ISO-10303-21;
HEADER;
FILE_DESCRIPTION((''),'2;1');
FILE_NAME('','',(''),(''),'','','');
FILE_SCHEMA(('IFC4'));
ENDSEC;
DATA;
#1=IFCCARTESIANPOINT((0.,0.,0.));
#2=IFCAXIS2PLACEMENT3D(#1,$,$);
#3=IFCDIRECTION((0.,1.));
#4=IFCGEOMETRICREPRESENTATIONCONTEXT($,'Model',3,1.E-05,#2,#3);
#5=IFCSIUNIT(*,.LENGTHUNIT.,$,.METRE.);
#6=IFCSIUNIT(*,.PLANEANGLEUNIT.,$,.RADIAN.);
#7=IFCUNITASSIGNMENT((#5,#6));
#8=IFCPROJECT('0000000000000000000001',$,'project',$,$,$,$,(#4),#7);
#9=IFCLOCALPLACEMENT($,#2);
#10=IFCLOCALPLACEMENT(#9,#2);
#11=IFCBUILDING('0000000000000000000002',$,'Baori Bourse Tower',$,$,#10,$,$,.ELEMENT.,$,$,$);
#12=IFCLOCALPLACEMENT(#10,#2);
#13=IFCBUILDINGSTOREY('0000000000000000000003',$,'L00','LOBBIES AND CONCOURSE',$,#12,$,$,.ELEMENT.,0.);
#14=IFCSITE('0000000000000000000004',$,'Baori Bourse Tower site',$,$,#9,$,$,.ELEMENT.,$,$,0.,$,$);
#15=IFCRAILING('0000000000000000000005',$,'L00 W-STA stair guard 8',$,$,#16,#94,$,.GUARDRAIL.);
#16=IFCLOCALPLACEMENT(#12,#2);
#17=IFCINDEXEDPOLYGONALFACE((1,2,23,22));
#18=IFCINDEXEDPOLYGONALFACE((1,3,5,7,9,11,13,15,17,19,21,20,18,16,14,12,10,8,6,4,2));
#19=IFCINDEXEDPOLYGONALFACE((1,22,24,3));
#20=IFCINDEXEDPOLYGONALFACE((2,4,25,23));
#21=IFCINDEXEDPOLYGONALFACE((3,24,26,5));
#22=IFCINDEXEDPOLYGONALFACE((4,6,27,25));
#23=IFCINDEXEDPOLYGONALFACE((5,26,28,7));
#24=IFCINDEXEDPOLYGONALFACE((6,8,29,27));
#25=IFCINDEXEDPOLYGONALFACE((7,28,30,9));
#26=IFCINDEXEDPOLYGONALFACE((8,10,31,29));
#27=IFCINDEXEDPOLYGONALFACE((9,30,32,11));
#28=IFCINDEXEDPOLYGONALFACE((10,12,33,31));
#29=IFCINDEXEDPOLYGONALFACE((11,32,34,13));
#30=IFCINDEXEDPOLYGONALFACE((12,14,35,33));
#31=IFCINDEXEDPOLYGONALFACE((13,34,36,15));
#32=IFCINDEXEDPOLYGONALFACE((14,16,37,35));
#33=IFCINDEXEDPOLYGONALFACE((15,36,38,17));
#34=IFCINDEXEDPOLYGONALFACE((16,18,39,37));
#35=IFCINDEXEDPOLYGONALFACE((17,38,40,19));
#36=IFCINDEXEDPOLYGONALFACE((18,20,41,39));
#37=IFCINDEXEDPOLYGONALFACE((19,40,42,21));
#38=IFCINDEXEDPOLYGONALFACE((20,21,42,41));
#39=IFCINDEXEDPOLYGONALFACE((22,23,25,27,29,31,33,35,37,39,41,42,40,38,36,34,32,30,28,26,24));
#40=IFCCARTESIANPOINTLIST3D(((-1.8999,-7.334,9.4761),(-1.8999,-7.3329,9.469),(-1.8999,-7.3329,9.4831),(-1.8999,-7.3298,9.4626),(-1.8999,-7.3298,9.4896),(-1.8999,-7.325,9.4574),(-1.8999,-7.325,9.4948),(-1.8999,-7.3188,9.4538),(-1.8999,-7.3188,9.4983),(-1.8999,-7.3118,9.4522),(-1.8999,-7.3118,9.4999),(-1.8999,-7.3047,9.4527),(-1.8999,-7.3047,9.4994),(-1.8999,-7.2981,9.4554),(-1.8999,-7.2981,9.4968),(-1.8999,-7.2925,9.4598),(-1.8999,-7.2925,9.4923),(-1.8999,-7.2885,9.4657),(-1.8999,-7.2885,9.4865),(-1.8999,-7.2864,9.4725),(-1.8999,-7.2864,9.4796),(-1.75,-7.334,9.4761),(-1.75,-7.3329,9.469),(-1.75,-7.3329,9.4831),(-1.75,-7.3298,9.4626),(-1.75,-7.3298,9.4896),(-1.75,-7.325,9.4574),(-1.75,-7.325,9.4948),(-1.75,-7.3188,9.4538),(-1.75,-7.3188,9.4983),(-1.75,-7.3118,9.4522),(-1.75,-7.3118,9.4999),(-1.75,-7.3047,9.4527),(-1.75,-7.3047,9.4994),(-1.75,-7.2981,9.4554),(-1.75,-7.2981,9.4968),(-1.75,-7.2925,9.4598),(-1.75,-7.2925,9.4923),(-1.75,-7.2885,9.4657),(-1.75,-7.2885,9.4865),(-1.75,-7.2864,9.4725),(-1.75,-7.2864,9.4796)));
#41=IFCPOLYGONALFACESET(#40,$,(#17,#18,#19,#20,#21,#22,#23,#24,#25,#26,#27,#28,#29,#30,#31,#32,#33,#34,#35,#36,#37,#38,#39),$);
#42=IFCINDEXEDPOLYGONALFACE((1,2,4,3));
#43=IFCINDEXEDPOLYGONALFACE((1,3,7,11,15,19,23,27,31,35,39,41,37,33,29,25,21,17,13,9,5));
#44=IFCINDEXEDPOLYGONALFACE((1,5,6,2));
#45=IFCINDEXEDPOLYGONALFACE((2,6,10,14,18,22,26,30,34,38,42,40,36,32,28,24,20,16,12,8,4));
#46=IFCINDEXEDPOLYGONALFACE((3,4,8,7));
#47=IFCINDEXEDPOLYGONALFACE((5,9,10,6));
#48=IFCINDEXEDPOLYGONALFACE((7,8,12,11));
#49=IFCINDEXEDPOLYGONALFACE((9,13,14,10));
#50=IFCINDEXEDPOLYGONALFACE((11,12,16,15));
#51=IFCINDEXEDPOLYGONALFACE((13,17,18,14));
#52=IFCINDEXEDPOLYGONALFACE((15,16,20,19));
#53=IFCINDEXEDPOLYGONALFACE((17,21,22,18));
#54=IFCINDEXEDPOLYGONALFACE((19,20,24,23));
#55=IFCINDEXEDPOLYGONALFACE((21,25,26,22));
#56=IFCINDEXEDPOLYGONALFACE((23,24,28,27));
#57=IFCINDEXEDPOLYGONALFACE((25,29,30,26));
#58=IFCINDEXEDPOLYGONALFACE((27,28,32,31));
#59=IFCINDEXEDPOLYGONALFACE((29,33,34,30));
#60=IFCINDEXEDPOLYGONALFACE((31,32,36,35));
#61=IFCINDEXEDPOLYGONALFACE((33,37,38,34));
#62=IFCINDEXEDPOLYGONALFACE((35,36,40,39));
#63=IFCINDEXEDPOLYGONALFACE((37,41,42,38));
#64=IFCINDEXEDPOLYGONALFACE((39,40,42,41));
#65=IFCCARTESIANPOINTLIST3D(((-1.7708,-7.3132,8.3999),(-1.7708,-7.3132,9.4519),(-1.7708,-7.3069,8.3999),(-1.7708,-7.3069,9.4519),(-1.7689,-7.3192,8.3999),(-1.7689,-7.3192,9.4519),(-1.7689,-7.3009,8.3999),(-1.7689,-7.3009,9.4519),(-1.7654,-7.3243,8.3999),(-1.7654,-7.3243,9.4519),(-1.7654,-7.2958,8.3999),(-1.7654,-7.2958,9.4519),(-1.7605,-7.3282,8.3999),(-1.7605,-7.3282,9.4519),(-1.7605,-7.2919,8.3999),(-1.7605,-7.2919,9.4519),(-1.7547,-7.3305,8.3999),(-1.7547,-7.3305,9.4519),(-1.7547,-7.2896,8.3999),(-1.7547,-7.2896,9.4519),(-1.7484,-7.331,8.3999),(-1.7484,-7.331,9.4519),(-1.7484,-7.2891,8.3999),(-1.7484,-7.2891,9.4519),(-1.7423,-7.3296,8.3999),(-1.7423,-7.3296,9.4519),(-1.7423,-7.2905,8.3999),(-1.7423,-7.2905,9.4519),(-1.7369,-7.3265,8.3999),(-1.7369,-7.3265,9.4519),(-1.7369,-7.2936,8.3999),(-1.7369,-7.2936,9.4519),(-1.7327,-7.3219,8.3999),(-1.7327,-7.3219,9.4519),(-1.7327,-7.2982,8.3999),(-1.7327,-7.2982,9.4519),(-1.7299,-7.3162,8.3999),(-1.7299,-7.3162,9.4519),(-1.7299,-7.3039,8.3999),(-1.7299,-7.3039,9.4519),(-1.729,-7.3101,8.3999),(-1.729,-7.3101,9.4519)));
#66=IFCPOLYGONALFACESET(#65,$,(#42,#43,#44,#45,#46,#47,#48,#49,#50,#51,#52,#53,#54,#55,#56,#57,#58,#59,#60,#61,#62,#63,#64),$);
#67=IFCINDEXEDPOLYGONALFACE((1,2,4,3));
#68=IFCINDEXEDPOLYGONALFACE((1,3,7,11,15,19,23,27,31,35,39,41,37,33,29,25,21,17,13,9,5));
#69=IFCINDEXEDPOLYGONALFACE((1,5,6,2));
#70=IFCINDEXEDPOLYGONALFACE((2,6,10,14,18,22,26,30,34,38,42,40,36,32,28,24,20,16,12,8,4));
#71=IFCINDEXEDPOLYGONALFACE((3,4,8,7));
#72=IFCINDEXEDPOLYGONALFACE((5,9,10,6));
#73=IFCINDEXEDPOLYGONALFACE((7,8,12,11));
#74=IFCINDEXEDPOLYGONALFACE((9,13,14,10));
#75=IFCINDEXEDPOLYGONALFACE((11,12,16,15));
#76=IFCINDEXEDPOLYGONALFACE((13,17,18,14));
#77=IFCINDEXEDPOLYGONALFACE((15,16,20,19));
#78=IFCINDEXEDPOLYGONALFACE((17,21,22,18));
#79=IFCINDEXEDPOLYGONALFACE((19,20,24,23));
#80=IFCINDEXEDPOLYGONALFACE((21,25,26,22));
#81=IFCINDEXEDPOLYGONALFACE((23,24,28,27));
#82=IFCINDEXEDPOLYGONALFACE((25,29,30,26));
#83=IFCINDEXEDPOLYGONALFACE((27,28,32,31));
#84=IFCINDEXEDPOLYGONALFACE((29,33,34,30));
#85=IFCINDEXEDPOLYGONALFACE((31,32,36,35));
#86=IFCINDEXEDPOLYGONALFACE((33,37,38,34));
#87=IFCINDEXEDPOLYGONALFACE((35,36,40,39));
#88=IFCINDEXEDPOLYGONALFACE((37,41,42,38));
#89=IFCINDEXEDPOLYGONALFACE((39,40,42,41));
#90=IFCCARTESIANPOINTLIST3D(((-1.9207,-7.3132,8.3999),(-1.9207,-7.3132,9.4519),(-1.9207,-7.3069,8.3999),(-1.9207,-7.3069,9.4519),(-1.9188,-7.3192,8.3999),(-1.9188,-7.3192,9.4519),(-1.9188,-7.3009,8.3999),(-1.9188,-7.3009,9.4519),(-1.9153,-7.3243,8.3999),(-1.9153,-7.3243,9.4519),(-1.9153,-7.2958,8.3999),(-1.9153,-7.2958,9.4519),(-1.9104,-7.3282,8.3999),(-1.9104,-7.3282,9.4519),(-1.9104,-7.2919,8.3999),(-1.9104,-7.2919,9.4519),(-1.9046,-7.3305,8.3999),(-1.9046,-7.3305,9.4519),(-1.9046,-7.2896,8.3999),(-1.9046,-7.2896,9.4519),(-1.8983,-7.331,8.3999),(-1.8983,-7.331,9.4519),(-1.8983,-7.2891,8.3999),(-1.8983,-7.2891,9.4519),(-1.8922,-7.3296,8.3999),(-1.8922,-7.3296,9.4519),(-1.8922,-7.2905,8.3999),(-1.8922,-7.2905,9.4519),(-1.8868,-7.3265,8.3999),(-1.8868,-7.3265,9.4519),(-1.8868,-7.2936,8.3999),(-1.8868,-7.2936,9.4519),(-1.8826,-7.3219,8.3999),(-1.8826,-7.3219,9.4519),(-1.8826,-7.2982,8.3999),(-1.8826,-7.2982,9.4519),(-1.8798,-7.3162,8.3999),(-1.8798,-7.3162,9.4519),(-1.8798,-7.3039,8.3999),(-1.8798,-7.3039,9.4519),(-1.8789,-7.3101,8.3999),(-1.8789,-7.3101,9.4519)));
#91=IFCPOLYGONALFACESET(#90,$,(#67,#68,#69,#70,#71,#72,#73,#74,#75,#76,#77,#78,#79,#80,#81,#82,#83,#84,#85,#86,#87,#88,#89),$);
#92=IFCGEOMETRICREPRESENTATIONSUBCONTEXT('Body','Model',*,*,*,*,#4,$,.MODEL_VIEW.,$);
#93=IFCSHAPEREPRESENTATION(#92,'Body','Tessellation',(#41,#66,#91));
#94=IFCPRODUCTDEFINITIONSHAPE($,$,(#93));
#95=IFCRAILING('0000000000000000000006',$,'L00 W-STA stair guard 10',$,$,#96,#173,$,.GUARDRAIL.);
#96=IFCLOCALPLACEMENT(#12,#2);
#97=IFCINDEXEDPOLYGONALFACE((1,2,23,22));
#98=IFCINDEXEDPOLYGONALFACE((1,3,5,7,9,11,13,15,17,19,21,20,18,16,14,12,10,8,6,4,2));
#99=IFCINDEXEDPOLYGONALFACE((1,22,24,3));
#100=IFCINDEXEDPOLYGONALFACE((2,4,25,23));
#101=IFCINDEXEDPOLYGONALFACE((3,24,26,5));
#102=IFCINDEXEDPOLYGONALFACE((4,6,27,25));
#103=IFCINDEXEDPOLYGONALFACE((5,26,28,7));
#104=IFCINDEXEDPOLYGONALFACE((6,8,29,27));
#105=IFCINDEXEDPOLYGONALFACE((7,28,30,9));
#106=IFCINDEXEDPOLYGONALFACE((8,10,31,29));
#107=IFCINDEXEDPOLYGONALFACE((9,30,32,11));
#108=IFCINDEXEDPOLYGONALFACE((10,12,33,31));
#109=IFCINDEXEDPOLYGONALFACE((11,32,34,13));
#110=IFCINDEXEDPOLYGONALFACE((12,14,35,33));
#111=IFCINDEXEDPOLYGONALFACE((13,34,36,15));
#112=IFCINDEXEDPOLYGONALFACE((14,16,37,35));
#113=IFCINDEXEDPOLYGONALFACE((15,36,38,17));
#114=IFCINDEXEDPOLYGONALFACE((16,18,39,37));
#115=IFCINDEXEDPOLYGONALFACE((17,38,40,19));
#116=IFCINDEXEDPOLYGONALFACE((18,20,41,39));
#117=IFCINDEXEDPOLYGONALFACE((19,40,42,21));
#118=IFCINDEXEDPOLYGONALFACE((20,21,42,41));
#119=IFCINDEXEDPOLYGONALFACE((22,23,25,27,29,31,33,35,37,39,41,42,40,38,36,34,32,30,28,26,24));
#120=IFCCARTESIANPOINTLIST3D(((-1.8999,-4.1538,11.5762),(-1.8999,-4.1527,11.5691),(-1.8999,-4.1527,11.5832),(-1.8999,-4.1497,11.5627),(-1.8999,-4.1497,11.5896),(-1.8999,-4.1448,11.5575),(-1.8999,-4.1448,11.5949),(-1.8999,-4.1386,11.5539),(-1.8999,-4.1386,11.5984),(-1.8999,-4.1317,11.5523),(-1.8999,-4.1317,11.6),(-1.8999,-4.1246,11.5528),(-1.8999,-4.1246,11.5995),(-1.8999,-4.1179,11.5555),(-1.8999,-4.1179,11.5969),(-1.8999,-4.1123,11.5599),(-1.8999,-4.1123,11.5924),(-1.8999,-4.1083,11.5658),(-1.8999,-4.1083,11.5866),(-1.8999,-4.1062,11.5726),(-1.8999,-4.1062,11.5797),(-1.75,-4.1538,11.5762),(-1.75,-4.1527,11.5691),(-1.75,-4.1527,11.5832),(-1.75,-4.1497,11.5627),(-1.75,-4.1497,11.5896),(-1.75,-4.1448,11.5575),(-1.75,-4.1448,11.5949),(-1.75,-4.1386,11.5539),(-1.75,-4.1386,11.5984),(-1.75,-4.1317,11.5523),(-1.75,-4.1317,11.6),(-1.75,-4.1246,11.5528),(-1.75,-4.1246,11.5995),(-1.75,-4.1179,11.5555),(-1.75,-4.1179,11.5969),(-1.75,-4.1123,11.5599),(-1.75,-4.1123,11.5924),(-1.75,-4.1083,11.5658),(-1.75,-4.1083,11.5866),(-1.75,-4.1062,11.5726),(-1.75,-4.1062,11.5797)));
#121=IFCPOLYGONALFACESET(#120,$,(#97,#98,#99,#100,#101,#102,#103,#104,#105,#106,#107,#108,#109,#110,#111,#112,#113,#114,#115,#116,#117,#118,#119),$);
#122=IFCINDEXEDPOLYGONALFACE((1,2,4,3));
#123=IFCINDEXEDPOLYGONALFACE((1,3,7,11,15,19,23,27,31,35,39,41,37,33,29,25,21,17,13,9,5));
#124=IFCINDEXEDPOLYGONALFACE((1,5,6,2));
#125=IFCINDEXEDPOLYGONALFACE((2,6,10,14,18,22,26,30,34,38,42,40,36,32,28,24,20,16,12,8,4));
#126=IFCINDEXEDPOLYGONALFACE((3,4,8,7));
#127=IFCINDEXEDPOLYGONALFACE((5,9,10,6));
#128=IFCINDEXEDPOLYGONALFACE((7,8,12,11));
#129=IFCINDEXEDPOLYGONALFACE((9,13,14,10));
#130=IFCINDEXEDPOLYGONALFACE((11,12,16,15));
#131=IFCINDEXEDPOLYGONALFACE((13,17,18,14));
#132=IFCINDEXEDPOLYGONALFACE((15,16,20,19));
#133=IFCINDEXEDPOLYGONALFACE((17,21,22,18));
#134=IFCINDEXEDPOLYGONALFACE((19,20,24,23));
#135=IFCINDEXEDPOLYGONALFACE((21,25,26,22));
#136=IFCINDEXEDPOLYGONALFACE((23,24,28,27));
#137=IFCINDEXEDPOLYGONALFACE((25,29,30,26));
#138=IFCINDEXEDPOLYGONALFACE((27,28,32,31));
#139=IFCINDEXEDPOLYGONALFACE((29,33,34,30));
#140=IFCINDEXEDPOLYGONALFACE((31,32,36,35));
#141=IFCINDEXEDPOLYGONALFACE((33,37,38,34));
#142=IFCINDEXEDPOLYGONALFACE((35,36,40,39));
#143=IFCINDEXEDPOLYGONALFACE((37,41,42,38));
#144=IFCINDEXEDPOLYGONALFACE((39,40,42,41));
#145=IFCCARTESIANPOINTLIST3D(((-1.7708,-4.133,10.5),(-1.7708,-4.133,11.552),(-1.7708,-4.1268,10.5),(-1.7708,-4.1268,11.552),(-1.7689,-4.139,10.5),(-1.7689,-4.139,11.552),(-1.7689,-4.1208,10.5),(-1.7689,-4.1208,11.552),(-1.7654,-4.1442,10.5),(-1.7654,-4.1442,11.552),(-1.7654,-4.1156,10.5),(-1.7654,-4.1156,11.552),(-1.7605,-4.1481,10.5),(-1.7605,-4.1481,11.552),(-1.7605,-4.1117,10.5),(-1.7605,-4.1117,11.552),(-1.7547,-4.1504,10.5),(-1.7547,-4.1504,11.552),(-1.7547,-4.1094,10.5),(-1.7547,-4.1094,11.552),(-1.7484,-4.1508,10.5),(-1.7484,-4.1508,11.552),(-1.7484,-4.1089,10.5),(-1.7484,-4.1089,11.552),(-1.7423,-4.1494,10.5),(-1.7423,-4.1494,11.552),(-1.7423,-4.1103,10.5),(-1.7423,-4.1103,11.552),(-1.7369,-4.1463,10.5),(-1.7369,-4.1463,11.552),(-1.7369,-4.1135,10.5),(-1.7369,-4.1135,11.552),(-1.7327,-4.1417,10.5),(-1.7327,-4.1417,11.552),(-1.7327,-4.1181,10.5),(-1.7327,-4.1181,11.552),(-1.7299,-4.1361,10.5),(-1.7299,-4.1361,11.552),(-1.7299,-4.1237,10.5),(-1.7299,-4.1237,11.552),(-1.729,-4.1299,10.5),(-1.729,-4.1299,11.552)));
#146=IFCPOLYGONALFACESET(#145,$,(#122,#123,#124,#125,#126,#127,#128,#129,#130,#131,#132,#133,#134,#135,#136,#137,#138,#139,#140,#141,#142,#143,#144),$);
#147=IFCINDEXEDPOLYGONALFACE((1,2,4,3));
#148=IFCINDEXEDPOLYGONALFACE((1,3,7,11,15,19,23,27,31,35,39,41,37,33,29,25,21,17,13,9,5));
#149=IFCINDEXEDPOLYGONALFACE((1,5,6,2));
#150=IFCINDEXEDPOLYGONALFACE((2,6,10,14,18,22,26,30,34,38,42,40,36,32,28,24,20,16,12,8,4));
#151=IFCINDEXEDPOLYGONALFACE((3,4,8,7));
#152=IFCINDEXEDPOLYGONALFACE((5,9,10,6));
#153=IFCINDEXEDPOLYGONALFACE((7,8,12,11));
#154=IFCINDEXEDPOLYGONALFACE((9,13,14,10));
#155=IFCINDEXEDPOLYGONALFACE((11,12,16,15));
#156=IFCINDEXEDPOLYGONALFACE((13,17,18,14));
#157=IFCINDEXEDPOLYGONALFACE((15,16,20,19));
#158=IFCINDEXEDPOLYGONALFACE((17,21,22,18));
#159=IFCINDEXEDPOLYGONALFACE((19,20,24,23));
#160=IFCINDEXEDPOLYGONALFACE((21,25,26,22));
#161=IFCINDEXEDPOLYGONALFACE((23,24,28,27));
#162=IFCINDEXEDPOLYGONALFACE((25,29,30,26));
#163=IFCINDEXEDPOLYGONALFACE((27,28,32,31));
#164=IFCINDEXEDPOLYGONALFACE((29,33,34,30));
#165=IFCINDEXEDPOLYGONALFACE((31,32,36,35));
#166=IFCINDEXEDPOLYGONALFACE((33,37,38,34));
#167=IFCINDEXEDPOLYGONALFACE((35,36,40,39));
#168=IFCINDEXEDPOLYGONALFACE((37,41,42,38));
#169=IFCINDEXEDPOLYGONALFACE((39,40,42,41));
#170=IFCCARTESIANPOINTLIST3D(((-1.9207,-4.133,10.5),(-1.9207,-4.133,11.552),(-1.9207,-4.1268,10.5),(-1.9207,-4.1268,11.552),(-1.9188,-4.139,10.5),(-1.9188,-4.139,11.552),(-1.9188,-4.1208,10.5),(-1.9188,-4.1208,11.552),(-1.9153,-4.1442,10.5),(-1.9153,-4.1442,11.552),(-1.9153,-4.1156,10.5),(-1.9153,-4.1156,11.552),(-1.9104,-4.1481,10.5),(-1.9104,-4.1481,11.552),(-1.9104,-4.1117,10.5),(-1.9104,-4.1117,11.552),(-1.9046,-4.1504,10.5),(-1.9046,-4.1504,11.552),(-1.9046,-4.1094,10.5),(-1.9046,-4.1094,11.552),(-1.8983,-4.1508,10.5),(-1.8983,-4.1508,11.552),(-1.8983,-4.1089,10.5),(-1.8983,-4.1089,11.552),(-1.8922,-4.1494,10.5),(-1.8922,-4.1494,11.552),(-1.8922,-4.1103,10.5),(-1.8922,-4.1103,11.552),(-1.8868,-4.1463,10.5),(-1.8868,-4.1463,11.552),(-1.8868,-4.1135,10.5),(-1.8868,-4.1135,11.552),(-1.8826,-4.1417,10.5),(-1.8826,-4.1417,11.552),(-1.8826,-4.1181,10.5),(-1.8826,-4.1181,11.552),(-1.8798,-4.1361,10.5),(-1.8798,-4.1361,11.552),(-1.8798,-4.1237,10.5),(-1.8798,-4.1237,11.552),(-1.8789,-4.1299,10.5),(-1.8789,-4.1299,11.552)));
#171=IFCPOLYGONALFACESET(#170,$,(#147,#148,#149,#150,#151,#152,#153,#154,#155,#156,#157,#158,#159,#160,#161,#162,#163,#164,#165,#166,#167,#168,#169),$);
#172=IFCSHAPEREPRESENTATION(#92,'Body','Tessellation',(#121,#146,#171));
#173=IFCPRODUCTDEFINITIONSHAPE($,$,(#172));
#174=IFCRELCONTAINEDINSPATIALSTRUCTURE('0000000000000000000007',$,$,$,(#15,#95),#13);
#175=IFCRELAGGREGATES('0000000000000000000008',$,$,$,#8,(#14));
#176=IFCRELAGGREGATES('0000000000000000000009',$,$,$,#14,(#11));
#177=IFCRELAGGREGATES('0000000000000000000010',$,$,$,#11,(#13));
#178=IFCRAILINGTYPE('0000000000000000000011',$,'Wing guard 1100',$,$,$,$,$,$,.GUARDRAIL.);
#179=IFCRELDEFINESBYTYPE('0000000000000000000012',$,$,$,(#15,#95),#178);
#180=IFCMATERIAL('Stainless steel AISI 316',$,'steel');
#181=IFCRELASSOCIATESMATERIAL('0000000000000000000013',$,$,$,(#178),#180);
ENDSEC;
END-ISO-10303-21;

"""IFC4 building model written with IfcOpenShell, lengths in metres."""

from ifc_helpers import new_model, si_unit, direction, frame, origin, origin_2d, place, context, subcontext, project, spatial, circle, extrude, material, type_object, element, save


model = new_model("IFC4")

# Units and contexts
model_context = context("Model", 3, precision=1e-05, world=origin(), true_north=direction((0.0, 1.0)))
body_context = subcontext(model_context, "Body", "Model", "MODEL_VIEW")
ifc_project = project(units=[si_unit("LENGTHUNIT", "METRE"), si_unit("PLANEANGLEUNIT", "RADIAN")], contexts=[model_context])

# Site, building, storey
site_placement = place(None, origin())
site = spatial("IfcSite", under=ifc_project, at=site_placement, Name="Baori Bourse Tower site", CompositionType="ELEMENT", RefElevation=0.0)
building_placement = place(site_placement, origin())
building = spatial("IfcBuilding", under=site, at=building_placement, Name="Baori Bourse Tower", CompositionType="ELEMENT")
storey_placement = place(building_placement, origin())
storey = spatial("IfcBuildingStorey", under=building, at=storey_placement, Name="L00", Description="LOBBIES AND CONCOURSE", CompositionType="ELEMENT", Elevation=0.0)

# Railings
ifc_material_1 = material(Name="Stainless steel AISI 316", Category="steel")
railing_type_1 = type_object("IfcRailingType", Name="Wing guard 1100", PredefinedType="GUARDRAIL", material=ifc_material_1)
for number, where, name in (
    (1, (-1.75, -7.3101, 8.3999), "L00 W-STA stair guard 8"),
    (2, (-1.75, -4.1299, 10.5), "L00 W-STA stair guard 10"),
):
    element("IfcRailing", number, at=place(storey_placement, frame(where)), inside=storey, type_object=railing_type_1, Name=name, PredefinedType="GUARDRAIL", context=body_context, shape_type="SweptSolid", body=[
        extrude(circle(Radius=0.0239, at=origin_2d()), frame((0.0, 0.0, 1.0762), z_axis=(-1.0, 0.0, 0.0), x_axis=(0.0, -1.0, 0.0)), (0.0, 0.0, 1.0), 0.1499),
        extrude(circle(Radius=0.021, at=origin_2d()), origin(), (0.0, 0.0, 1.0), 1.052),
        extrude(circle(Radius=0.021, at=origin_2d()), frame((-0.1499, 0.0, 0.0)), (0.0, 0.0, 1.0), 1.052),
    ])

save(model, "model.ifc")
